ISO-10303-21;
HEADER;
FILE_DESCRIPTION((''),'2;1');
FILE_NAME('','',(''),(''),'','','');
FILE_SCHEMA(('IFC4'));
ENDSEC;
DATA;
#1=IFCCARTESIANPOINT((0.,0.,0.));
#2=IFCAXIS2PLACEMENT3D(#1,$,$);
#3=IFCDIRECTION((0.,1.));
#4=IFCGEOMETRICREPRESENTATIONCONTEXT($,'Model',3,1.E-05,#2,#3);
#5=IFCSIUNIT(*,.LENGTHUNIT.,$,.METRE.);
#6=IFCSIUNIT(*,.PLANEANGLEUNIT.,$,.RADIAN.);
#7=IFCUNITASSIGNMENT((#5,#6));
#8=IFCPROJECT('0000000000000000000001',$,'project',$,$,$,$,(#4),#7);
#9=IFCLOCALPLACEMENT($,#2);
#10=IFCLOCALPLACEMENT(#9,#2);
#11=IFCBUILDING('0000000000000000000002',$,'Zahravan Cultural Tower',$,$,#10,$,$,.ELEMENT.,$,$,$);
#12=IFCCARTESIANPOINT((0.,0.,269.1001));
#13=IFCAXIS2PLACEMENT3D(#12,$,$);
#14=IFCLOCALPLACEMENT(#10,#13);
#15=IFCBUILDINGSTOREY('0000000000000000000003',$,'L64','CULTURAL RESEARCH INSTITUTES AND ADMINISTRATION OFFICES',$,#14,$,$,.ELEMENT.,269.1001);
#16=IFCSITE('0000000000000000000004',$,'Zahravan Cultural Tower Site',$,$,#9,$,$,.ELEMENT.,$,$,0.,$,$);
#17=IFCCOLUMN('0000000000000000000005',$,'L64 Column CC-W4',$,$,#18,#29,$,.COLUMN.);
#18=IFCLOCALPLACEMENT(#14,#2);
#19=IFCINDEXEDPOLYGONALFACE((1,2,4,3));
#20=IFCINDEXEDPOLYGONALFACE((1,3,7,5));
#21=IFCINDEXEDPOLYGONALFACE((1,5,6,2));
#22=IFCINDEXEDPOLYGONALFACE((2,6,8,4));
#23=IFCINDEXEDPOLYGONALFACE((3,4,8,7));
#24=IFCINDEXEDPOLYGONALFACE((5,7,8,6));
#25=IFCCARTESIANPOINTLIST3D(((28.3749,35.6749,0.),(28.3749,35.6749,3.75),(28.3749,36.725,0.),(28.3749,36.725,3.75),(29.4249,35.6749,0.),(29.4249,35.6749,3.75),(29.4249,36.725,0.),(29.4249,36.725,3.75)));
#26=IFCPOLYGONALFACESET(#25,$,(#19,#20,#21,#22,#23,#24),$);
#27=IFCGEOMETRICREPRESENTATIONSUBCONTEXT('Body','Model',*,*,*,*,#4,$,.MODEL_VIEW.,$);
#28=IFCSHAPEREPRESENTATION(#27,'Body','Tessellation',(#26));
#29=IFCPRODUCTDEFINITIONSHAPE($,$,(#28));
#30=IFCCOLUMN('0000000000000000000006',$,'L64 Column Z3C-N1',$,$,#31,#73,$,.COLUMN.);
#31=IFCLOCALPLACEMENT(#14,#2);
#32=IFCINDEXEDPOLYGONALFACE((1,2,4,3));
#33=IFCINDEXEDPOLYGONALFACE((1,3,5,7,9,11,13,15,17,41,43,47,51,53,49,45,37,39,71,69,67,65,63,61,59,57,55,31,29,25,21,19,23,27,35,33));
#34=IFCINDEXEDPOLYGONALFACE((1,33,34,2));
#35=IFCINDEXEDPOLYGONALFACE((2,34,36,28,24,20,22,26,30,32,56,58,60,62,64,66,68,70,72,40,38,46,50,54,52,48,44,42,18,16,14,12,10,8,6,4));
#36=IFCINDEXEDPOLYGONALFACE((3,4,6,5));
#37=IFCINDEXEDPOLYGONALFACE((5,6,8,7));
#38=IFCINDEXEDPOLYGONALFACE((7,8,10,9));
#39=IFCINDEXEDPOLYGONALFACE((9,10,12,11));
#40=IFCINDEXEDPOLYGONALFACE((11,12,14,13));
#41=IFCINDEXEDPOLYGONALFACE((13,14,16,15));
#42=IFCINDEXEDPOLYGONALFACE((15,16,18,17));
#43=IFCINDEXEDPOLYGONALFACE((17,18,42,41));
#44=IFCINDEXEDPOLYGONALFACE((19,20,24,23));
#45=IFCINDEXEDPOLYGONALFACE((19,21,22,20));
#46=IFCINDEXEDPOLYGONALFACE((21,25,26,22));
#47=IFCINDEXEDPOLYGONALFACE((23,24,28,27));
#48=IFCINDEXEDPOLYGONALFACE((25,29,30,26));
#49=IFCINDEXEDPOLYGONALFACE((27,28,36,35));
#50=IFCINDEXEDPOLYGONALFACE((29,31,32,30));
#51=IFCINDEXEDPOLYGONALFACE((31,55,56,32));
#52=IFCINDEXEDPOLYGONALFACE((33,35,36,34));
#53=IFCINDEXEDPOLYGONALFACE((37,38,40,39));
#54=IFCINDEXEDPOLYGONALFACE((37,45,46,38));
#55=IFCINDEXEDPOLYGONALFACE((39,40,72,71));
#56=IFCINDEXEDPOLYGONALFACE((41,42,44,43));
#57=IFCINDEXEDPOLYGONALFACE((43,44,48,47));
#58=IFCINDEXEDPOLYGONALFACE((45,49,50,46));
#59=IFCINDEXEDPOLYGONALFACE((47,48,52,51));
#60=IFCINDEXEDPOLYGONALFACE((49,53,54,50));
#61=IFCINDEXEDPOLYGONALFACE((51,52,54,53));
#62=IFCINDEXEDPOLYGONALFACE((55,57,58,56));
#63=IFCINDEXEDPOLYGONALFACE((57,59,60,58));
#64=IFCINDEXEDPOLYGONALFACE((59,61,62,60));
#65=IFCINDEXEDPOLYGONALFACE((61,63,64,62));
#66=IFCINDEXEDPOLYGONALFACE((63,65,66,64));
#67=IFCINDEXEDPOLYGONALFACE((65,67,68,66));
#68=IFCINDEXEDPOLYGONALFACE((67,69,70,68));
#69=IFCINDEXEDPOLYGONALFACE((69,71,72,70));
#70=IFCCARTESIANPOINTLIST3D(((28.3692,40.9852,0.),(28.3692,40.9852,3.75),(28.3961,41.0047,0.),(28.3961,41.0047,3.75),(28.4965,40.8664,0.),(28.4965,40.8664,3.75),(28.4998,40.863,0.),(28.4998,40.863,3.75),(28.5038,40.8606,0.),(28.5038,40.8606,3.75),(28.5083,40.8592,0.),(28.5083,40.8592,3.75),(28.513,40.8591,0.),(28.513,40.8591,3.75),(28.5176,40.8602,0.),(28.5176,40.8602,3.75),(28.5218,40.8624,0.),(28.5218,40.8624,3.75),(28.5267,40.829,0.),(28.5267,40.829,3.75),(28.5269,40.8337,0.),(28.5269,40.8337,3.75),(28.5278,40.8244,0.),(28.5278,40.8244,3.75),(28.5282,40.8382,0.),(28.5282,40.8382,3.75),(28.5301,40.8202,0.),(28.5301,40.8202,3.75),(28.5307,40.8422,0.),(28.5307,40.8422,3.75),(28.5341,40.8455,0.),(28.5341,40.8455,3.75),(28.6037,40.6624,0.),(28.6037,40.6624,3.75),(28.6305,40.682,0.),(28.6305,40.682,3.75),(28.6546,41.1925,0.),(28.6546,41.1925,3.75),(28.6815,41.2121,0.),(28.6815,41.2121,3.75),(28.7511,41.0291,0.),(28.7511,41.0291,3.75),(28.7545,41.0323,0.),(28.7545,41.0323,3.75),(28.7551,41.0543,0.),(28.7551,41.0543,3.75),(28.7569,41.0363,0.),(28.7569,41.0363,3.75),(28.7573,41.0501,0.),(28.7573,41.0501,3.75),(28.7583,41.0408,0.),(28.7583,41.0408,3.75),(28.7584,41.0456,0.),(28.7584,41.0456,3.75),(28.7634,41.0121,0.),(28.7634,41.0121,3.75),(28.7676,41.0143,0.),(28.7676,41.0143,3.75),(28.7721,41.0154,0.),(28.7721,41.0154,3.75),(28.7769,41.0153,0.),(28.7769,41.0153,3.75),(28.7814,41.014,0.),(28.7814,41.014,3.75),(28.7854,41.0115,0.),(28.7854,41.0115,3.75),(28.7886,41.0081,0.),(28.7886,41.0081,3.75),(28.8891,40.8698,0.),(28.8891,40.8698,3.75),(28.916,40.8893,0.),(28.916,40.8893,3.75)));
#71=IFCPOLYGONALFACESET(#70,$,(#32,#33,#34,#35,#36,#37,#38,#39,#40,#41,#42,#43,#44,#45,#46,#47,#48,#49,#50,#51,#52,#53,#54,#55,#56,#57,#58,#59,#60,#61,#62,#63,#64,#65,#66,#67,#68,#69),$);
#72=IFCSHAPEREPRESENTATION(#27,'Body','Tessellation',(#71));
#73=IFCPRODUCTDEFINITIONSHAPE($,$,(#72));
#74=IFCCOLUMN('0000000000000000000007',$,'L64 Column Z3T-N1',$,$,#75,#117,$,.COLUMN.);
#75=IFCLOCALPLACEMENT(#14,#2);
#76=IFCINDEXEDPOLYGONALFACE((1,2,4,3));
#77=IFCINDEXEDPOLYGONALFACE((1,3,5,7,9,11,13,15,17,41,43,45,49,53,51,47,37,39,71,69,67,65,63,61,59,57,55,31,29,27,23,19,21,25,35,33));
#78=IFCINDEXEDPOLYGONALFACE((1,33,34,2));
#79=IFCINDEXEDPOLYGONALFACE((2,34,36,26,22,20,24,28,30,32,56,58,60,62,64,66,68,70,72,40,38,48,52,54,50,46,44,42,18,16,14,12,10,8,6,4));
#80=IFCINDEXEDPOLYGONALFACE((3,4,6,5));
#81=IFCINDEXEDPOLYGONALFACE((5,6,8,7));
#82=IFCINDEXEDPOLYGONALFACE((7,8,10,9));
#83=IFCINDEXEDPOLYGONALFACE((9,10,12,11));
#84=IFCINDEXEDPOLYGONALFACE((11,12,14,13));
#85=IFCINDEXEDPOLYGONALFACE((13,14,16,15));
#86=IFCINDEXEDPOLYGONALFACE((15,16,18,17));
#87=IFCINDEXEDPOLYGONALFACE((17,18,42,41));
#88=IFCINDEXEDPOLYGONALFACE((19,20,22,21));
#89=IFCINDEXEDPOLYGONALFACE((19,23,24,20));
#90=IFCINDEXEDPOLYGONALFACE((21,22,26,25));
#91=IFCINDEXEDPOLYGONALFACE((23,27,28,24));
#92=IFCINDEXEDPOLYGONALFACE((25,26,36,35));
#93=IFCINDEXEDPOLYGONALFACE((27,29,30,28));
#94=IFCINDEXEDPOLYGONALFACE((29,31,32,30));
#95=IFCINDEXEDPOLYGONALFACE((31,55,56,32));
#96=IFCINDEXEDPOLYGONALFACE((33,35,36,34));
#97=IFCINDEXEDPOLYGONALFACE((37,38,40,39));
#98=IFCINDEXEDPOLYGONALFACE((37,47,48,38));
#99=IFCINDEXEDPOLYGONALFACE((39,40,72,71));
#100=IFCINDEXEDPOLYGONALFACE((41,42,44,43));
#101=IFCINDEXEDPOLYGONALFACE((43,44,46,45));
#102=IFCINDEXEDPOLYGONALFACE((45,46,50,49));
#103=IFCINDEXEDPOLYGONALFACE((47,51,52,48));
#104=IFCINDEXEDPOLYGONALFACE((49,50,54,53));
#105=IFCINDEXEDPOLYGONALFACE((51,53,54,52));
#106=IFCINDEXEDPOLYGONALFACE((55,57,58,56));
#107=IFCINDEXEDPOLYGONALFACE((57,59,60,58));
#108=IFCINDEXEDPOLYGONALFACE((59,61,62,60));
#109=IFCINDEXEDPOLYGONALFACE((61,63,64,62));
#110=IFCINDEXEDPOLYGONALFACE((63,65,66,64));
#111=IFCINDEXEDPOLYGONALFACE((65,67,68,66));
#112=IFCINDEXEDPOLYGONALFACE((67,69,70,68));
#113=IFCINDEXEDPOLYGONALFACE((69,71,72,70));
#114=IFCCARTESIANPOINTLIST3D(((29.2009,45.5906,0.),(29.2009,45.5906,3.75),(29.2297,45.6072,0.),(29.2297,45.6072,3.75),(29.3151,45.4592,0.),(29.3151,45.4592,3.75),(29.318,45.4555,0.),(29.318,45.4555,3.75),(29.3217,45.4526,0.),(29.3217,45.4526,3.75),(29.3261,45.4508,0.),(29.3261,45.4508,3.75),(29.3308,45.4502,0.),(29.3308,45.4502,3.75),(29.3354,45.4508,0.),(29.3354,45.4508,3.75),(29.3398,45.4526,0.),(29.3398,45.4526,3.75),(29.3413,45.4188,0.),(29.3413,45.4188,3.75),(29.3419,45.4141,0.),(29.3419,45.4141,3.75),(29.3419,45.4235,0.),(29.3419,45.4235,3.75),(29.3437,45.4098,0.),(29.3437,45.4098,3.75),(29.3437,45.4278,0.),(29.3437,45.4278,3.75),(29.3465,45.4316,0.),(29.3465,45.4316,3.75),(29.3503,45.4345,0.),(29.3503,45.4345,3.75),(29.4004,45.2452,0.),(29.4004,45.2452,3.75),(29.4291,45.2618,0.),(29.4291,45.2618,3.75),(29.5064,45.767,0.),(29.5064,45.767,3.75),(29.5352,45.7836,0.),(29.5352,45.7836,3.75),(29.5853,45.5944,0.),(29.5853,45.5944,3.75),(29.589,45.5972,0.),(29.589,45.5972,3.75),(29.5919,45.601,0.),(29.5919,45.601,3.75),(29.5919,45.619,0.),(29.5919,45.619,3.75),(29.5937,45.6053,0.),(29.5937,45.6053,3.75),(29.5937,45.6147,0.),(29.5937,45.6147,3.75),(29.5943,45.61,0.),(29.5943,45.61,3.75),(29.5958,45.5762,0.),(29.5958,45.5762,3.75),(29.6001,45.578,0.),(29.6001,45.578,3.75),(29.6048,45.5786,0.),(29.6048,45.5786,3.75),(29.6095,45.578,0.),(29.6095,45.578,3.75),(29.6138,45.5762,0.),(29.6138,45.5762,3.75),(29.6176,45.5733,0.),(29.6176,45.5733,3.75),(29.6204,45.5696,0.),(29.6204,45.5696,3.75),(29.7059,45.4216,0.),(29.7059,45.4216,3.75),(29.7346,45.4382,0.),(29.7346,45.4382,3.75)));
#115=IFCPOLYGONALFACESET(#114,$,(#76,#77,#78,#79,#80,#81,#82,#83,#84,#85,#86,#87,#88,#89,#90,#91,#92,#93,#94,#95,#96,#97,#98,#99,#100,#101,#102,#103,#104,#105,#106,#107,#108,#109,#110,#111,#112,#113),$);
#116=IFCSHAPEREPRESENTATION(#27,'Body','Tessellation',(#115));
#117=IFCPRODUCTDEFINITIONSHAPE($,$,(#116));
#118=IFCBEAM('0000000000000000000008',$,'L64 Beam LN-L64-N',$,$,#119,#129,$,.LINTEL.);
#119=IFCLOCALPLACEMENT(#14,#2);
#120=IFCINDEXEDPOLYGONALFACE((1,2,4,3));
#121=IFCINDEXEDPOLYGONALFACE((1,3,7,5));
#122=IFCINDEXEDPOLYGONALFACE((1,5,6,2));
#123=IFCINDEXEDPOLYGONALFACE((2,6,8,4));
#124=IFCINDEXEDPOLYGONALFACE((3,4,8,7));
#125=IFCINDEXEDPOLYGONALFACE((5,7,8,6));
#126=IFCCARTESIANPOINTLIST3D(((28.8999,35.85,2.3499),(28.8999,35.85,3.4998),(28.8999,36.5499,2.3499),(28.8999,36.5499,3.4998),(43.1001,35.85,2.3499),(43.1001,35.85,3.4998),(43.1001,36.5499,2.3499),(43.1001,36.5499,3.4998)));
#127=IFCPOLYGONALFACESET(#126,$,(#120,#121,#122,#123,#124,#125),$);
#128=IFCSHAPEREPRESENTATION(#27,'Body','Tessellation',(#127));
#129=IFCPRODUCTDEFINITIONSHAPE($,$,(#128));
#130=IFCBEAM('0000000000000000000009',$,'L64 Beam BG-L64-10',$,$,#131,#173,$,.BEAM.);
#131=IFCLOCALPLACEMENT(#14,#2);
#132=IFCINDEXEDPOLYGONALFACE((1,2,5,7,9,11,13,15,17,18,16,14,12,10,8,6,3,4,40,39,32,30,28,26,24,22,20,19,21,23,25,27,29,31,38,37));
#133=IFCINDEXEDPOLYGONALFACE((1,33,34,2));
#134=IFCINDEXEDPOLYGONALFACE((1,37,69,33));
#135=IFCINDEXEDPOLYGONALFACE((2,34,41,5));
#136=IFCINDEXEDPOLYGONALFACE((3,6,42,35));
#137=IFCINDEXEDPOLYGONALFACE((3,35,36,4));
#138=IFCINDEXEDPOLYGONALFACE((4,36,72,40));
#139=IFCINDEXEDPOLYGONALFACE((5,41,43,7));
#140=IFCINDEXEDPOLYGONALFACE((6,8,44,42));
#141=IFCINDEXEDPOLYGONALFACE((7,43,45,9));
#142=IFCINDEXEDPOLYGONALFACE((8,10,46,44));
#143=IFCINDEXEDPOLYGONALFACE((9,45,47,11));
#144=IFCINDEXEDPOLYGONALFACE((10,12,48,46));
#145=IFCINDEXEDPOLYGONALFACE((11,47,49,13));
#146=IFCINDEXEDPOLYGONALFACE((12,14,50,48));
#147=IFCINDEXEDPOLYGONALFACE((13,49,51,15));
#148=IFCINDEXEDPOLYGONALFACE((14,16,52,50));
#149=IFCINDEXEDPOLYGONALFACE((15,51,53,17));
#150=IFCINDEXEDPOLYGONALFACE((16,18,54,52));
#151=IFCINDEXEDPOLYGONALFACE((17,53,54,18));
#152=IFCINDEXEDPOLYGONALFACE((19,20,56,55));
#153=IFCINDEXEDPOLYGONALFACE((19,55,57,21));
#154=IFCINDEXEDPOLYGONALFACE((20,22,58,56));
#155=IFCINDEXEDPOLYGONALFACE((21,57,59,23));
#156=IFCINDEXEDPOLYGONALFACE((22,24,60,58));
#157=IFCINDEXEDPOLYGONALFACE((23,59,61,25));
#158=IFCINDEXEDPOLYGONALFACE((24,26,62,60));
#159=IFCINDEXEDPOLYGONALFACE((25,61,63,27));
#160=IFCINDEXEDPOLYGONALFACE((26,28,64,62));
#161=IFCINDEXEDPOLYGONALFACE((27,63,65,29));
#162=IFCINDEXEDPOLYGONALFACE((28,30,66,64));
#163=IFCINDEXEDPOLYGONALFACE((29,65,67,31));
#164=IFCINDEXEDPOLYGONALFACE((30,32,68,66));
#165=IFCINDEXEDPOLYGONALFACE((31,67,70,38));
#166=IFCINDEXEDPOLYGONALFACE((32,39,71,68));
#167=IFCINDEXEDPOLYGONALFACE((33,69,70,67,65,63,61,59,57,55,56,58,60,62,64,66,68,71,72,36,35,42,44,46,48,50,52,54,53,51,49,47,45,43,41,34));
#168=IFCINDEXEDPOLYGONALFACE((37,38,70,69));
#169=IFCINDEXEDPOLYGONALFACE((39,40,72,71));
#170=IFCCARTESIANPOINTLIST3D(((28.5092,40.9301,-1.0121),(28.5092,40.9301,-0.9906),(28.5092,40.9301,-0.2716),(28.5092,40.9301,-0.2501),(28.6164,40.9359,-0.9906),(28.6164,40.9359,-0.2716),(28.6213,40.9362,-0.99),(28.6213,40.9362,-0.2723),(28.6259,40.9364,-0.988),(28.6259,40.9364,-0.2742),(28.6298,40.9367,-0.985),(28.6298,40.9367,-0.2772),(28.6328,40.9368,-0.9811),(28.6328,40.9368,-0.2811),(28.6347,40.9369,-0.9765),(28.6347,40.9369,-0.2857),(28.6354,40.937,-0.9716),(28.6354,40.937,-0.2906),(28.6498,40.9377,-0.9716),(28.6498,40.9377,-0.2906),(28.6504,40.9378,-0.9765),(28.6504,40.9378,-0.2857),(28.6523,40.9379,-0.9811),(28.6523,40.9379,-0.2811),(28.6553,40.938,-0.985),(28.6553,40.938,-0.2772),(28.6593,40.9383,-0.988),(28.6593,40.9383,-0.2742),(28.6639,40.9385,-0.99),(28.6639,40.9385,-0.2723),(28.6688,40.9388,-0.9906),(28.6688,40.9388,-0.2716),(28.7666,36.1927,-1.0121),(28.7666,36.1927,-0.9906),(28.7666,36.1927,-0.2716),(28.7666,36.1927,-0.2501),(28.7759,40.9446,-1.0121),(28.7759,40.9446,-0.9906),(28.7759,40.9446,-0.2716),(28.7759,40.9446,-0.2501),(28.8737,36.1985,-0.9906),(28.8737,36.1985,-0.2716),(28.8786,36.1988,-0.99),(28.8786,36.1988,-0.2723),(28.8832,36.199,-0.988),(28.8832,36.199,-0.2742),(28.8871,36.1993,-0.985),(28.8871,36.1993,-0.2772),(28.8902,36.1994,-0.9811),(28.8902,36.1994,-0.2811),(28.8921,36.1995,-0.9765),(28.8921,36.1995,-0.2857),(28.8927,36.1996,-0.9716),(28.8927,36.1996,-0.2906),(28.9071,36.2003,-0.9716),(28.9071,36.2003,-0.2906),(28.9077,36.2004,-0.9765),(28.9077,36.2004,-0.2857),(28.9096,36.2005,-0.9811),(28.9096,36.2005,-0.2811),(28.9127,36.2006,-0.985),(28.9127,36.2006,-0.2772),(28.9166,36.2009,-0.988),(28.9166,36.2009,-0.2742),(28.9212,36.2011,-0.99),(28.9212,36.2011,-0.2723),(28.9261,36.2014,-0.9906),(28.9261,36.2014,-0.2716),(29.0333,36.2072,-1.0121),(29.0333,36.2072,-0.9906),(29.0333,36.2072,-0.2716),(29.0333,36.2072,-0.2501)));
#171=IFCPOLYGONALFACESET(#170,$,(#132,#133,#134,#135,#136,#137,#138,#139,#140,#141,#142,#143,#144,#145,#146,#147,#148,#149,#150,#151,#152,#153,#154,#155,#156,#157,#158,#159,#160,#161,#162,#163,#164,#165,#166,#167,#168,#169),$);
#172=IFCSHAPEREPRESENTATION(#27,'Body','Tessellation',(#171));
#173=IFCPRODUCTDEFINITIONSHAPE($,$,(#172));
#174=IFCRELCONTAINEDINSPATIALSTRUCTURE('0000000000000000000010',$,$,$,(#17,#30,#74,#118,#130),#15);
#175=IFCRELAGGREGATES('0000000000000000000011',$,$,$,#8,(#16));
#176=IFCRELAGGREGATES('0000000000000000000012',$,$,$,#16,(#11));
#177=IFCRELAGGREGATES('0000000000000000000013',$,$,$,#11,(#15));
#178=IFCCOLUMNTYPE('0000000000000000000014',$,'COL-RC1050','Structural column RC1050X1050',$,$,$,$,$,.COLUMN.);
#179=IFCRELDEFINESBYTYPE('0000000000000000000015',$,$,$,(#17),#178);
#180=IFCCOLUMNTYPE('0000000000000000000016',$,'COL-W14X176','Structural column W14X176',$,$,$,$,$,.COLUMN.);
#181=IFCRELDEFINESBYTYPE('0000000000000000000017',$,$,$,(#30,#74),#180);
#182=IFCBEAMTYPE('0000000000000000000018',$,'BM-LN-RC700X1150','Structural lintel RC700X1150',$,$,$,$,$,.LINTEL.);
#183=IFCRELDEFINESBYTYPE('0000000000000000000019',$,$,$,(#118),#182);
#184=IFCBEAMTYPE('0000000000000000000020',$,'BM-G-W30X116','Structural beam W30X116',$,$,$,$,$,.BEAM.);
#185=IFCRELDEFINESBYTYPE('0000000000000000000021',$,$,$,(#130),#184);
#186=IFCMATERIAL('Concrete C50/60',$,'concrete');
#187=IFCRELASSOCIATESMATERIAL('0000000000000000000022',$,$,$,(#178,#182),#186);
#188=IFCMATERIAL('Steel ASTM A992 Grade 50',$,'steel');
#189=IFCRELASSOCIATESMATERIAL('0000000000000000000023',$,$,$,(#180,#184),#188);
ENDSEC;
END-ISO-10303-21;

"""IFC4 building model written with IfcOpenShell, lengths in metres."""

from ifc_helpers import new_model, si_unit, direction, frame, origin, origin_2d, place, context, subcontext, project, spatial, rectangle, i_section, extrude, source, transform, mapped, material, material_profile, profile_set, type_object, element, save


model = new_model("IFC4")

# Units and contexts
model_context = context("Model", 3, precision=1e-05, world=origin(), true_north=direction((0.0, 1.0)))
body_context = subcontext(model_context, "Body", "Model", "MODEL_VIEW")
ifc_project = project(units=[si_unit("LENGTHUNIT", "METRE"), si_unit("PLANEANGLEUNIT", "RADIAN")], contexts=[model_context])

# Site, building, storey
site_placement = place(None, origin())
site = spatial("IfcSite", under=ifc_project, at=site_placement, Name="Zahravan Cultural Tower Site", CompositionType="ELEMENT", RefElevation=0.0)
building_placement = place(site_placement, origin())
building = spatial("IfcBuilding", under=site, at=building_placement, Name="Zahravan Cultural Tower", CompositionType="ELEMENT")
storey_placement = place(building_placement, frame((0.0, 0.0, 269.1001)))
storey = spatial("IfcBuildingStorey", under=building, at=storey_placement, Name="L64", Description="CULTURAL RESEARCH INSTITUTES AND ADMINISTRATION OFFICES", CompositionType="ELEMENT", Elevation=269.1001)

# Columns
ifc_material_1 = material(Name="Concrete C50/60", Category="concrete")
ifc_material_profile_1 = material_profile(ifc_material_1, rectangle(XDim=1.05, YDim=1.05, at=origin_2d()), Name="RC1050X1050")
ifc_profile_set_1 = profile_set([ifc_material_profile_1], Name="Concrete C50/60")
column_type_1 = type_object("IfcColumnType", Name="COL-RC1050", Description="Structural column RC1050X1050", PredefinedType="COLUMN", material=ifc_profile_set_1)
shared_shape_1 = source(origin(), body_context, "Body", "SweptSolid", [
    extrude(rectangle(XDim=1.05, YDim=1.05, at=origin_2d()), origin(), (0.0, 0.0, 1.0), 3.75),
])
column_placement = place(storey_placement, frame((28.8999, 36.2, 0.0), z_axis=(0.0, 0.0, 1.0), x_axis=(1.0, 0.0, 0.0)))
element("IfcColumn", 1, at=column_placement, inside=storey, type_object=column_type_1, Name="L64 Column CC-W4", PredefinedType="COLUMN", context=body_context, shape_type="MappedRepresentation", body=[
    mapped(shared_shape_1, transform((0.0, 0.0, 0.0), x_axis=(1.0, 0.0, 0.0), y_axis=(0.0, 1.0, 0.0), z_axis=(0.0, 0.0, 1.0), scale=1.0)),
])
ifc_material_2 = material(Name="Steel ASTM A992 Grade 50", Category="steel")
ifc_material_profile_2 = material_profile(ifc_material_2, i_section(OverallWidth=0.3989, OverallDepth=0.386, WebThickness=0.021, FlangeThickness=0.0332, FilletRadius=0.0181, at=origin_2d()), Name="W14X176")
ifc_profile_set_2 = profile_set([ifc_material_profile_2], Name="Steel ASTM A992 Grade 50")
column_type_2 = type_object("IfcColumnType", Name="COL-W14X176", Description="Structural column W14X176", PredefinedType="COLUMN", material=ifc_profile_set_2)
shared_shape_2 = source(origin(), body_context, "Body", "SweptSolid", [
    extrude(i_section(OverallWidth=0.3989, OverallDepth=0.386, WebThickness=0.021, FlangeThickness=0.0332, FilletRadius=0.0181, at=origin_2d()), origin(), (0.0, 0.0, 1.0), 3.75),
])
for number, where, z_axis, x_axis, name in (
    (2, (28.6426, 40.9373, 0.0), (0.0, 0.0, 1.0), (-0.587785, 0.809017, 0.0), "L64 Column Z3C-N1"),
    (3, (29.4678, 45.5144, 0.0), (0.0, 0.0, 1.0), (-0.5, 0.866025, 0.0), "L64 Column Z3T-N1"),
):
    element("IfcColumn", number, at=place(storey_placement, frame(where, z_axis=z_axis, x_axis=x_axis)), inside=storey, type_object=column_type_2, Name=name, PredefinedType="COLUMN", context=body_context, shape_type="MappedRepresentation", body=[
        mapped(shared_shape_2, transform((0.0, 0.0, 0.0), x_axis=(1.0, 0.0, 0.0), y_axis=(0.0, 1.0, 0.0), z_axis=(0.0, 0.0, 1.0), scale=1.0)),
    ])

# Beams
ifc_material_profile_3 = material_profile(ifc_material_1, rectangle(XDim=0.7, YDim=1.1499, at=origin_2d()), Name="RC700X1150")
ifc_profile_set_3 = profile_set([ifc_material_profile_3], Name="Concrete C50/60")
beam_type_1 = type_object("IfcBeamType", Name="BM-LN-RC700X1150", Description="Structural lintel RC700X1150", PredefinedType="LINTEL", material=ifc_profile_set_3)
shared_shape_3 = source(origin(), body_context, "Body", "SweptSolid", [
    extrude(rectangle(XDim=0.7, YDim=1.1499, at=origin_2d()), origin(), (0.0, 0.0, 1.0), 14.2002),
])
beam_1_placement = place(storey_placement, frame((28.8999, 36.2, 2.9248), z_axis=(1.0, 0.0, 0.0), x_axis=(0.0, 1.0, 0.0)))
element("IfcBeam", 4, at=beam_1_placement, inside=storey, type_object=beam_type_1, Name="L64 Beam LN-L64-N", PredefinedType="LINTEL", context=body_context, shape_type="MappedRepresentation", body=[
    mapped(shared_shape_3, transform((0.0, 0.0, 0.0), x_axis=(1.0, 0.0, 0.0), y_axis=(0.0, 1.0, 0.0), z_axis=(0.0, 0.0, 1.0), scale=1.0)),
])
ifc_material_profile_4 = material_profile(ifc_material_2, i_section(OverallWidth=0.2671, OverallDepth=0.762, WebThickness=0.0144, FlangeThickness=0.0215, FilletRadius=0.019, at=origin_2d()), Name="W30X116")
ifc_profile_set_4 = profile_set([ifc_material_profile_4], Name="Steel ASTM A992 Grade 50")
beam_type_2 = type_object("IfcBeamType", Name="BM-G-W30X116", Description="Structural beam W30X116", PredefinedType="BEAM", material=ifc_profile_set_4)
shared_shape_4 = source(origin(), body_context, "Body", "SweptSolid", [
    extrude(i_section(OverallWidth=0.2671, OverallDepth=0.762, WebThickness=0.0144, FlangeThickness=0.0215, FilletRadius=0.019, at=origin_2d()), origin(), (0.0, 0.0, 1.0), 4.7444),
])
beam_2_placement = place(storey_placement, frame((28.8999, 36.2, -0.6311), z_axis=(-0.054239, 0.998528, 0.0), x_axis=(-0.998528, -0.054239, 0.0)))
element("IfcBeam", 5, at=beam_2_placement, inside=storey, type_object=beam_type_2, Name="L64 Beam BG-L64-10", PredefinedType="BEAM", context=body_context, shape_type="MappedRepresentation", body=[
    mapped(shared_shape_4, transform((0.0, 0.0, 0.0), x_axis=(1.0, 0.0, 0.0), y_axis=(0.0, 1.0, 0.0), z_axis=(0.0, 0.0, 1.0), scale=1.0)),
])

save(model, "model.ifc")
